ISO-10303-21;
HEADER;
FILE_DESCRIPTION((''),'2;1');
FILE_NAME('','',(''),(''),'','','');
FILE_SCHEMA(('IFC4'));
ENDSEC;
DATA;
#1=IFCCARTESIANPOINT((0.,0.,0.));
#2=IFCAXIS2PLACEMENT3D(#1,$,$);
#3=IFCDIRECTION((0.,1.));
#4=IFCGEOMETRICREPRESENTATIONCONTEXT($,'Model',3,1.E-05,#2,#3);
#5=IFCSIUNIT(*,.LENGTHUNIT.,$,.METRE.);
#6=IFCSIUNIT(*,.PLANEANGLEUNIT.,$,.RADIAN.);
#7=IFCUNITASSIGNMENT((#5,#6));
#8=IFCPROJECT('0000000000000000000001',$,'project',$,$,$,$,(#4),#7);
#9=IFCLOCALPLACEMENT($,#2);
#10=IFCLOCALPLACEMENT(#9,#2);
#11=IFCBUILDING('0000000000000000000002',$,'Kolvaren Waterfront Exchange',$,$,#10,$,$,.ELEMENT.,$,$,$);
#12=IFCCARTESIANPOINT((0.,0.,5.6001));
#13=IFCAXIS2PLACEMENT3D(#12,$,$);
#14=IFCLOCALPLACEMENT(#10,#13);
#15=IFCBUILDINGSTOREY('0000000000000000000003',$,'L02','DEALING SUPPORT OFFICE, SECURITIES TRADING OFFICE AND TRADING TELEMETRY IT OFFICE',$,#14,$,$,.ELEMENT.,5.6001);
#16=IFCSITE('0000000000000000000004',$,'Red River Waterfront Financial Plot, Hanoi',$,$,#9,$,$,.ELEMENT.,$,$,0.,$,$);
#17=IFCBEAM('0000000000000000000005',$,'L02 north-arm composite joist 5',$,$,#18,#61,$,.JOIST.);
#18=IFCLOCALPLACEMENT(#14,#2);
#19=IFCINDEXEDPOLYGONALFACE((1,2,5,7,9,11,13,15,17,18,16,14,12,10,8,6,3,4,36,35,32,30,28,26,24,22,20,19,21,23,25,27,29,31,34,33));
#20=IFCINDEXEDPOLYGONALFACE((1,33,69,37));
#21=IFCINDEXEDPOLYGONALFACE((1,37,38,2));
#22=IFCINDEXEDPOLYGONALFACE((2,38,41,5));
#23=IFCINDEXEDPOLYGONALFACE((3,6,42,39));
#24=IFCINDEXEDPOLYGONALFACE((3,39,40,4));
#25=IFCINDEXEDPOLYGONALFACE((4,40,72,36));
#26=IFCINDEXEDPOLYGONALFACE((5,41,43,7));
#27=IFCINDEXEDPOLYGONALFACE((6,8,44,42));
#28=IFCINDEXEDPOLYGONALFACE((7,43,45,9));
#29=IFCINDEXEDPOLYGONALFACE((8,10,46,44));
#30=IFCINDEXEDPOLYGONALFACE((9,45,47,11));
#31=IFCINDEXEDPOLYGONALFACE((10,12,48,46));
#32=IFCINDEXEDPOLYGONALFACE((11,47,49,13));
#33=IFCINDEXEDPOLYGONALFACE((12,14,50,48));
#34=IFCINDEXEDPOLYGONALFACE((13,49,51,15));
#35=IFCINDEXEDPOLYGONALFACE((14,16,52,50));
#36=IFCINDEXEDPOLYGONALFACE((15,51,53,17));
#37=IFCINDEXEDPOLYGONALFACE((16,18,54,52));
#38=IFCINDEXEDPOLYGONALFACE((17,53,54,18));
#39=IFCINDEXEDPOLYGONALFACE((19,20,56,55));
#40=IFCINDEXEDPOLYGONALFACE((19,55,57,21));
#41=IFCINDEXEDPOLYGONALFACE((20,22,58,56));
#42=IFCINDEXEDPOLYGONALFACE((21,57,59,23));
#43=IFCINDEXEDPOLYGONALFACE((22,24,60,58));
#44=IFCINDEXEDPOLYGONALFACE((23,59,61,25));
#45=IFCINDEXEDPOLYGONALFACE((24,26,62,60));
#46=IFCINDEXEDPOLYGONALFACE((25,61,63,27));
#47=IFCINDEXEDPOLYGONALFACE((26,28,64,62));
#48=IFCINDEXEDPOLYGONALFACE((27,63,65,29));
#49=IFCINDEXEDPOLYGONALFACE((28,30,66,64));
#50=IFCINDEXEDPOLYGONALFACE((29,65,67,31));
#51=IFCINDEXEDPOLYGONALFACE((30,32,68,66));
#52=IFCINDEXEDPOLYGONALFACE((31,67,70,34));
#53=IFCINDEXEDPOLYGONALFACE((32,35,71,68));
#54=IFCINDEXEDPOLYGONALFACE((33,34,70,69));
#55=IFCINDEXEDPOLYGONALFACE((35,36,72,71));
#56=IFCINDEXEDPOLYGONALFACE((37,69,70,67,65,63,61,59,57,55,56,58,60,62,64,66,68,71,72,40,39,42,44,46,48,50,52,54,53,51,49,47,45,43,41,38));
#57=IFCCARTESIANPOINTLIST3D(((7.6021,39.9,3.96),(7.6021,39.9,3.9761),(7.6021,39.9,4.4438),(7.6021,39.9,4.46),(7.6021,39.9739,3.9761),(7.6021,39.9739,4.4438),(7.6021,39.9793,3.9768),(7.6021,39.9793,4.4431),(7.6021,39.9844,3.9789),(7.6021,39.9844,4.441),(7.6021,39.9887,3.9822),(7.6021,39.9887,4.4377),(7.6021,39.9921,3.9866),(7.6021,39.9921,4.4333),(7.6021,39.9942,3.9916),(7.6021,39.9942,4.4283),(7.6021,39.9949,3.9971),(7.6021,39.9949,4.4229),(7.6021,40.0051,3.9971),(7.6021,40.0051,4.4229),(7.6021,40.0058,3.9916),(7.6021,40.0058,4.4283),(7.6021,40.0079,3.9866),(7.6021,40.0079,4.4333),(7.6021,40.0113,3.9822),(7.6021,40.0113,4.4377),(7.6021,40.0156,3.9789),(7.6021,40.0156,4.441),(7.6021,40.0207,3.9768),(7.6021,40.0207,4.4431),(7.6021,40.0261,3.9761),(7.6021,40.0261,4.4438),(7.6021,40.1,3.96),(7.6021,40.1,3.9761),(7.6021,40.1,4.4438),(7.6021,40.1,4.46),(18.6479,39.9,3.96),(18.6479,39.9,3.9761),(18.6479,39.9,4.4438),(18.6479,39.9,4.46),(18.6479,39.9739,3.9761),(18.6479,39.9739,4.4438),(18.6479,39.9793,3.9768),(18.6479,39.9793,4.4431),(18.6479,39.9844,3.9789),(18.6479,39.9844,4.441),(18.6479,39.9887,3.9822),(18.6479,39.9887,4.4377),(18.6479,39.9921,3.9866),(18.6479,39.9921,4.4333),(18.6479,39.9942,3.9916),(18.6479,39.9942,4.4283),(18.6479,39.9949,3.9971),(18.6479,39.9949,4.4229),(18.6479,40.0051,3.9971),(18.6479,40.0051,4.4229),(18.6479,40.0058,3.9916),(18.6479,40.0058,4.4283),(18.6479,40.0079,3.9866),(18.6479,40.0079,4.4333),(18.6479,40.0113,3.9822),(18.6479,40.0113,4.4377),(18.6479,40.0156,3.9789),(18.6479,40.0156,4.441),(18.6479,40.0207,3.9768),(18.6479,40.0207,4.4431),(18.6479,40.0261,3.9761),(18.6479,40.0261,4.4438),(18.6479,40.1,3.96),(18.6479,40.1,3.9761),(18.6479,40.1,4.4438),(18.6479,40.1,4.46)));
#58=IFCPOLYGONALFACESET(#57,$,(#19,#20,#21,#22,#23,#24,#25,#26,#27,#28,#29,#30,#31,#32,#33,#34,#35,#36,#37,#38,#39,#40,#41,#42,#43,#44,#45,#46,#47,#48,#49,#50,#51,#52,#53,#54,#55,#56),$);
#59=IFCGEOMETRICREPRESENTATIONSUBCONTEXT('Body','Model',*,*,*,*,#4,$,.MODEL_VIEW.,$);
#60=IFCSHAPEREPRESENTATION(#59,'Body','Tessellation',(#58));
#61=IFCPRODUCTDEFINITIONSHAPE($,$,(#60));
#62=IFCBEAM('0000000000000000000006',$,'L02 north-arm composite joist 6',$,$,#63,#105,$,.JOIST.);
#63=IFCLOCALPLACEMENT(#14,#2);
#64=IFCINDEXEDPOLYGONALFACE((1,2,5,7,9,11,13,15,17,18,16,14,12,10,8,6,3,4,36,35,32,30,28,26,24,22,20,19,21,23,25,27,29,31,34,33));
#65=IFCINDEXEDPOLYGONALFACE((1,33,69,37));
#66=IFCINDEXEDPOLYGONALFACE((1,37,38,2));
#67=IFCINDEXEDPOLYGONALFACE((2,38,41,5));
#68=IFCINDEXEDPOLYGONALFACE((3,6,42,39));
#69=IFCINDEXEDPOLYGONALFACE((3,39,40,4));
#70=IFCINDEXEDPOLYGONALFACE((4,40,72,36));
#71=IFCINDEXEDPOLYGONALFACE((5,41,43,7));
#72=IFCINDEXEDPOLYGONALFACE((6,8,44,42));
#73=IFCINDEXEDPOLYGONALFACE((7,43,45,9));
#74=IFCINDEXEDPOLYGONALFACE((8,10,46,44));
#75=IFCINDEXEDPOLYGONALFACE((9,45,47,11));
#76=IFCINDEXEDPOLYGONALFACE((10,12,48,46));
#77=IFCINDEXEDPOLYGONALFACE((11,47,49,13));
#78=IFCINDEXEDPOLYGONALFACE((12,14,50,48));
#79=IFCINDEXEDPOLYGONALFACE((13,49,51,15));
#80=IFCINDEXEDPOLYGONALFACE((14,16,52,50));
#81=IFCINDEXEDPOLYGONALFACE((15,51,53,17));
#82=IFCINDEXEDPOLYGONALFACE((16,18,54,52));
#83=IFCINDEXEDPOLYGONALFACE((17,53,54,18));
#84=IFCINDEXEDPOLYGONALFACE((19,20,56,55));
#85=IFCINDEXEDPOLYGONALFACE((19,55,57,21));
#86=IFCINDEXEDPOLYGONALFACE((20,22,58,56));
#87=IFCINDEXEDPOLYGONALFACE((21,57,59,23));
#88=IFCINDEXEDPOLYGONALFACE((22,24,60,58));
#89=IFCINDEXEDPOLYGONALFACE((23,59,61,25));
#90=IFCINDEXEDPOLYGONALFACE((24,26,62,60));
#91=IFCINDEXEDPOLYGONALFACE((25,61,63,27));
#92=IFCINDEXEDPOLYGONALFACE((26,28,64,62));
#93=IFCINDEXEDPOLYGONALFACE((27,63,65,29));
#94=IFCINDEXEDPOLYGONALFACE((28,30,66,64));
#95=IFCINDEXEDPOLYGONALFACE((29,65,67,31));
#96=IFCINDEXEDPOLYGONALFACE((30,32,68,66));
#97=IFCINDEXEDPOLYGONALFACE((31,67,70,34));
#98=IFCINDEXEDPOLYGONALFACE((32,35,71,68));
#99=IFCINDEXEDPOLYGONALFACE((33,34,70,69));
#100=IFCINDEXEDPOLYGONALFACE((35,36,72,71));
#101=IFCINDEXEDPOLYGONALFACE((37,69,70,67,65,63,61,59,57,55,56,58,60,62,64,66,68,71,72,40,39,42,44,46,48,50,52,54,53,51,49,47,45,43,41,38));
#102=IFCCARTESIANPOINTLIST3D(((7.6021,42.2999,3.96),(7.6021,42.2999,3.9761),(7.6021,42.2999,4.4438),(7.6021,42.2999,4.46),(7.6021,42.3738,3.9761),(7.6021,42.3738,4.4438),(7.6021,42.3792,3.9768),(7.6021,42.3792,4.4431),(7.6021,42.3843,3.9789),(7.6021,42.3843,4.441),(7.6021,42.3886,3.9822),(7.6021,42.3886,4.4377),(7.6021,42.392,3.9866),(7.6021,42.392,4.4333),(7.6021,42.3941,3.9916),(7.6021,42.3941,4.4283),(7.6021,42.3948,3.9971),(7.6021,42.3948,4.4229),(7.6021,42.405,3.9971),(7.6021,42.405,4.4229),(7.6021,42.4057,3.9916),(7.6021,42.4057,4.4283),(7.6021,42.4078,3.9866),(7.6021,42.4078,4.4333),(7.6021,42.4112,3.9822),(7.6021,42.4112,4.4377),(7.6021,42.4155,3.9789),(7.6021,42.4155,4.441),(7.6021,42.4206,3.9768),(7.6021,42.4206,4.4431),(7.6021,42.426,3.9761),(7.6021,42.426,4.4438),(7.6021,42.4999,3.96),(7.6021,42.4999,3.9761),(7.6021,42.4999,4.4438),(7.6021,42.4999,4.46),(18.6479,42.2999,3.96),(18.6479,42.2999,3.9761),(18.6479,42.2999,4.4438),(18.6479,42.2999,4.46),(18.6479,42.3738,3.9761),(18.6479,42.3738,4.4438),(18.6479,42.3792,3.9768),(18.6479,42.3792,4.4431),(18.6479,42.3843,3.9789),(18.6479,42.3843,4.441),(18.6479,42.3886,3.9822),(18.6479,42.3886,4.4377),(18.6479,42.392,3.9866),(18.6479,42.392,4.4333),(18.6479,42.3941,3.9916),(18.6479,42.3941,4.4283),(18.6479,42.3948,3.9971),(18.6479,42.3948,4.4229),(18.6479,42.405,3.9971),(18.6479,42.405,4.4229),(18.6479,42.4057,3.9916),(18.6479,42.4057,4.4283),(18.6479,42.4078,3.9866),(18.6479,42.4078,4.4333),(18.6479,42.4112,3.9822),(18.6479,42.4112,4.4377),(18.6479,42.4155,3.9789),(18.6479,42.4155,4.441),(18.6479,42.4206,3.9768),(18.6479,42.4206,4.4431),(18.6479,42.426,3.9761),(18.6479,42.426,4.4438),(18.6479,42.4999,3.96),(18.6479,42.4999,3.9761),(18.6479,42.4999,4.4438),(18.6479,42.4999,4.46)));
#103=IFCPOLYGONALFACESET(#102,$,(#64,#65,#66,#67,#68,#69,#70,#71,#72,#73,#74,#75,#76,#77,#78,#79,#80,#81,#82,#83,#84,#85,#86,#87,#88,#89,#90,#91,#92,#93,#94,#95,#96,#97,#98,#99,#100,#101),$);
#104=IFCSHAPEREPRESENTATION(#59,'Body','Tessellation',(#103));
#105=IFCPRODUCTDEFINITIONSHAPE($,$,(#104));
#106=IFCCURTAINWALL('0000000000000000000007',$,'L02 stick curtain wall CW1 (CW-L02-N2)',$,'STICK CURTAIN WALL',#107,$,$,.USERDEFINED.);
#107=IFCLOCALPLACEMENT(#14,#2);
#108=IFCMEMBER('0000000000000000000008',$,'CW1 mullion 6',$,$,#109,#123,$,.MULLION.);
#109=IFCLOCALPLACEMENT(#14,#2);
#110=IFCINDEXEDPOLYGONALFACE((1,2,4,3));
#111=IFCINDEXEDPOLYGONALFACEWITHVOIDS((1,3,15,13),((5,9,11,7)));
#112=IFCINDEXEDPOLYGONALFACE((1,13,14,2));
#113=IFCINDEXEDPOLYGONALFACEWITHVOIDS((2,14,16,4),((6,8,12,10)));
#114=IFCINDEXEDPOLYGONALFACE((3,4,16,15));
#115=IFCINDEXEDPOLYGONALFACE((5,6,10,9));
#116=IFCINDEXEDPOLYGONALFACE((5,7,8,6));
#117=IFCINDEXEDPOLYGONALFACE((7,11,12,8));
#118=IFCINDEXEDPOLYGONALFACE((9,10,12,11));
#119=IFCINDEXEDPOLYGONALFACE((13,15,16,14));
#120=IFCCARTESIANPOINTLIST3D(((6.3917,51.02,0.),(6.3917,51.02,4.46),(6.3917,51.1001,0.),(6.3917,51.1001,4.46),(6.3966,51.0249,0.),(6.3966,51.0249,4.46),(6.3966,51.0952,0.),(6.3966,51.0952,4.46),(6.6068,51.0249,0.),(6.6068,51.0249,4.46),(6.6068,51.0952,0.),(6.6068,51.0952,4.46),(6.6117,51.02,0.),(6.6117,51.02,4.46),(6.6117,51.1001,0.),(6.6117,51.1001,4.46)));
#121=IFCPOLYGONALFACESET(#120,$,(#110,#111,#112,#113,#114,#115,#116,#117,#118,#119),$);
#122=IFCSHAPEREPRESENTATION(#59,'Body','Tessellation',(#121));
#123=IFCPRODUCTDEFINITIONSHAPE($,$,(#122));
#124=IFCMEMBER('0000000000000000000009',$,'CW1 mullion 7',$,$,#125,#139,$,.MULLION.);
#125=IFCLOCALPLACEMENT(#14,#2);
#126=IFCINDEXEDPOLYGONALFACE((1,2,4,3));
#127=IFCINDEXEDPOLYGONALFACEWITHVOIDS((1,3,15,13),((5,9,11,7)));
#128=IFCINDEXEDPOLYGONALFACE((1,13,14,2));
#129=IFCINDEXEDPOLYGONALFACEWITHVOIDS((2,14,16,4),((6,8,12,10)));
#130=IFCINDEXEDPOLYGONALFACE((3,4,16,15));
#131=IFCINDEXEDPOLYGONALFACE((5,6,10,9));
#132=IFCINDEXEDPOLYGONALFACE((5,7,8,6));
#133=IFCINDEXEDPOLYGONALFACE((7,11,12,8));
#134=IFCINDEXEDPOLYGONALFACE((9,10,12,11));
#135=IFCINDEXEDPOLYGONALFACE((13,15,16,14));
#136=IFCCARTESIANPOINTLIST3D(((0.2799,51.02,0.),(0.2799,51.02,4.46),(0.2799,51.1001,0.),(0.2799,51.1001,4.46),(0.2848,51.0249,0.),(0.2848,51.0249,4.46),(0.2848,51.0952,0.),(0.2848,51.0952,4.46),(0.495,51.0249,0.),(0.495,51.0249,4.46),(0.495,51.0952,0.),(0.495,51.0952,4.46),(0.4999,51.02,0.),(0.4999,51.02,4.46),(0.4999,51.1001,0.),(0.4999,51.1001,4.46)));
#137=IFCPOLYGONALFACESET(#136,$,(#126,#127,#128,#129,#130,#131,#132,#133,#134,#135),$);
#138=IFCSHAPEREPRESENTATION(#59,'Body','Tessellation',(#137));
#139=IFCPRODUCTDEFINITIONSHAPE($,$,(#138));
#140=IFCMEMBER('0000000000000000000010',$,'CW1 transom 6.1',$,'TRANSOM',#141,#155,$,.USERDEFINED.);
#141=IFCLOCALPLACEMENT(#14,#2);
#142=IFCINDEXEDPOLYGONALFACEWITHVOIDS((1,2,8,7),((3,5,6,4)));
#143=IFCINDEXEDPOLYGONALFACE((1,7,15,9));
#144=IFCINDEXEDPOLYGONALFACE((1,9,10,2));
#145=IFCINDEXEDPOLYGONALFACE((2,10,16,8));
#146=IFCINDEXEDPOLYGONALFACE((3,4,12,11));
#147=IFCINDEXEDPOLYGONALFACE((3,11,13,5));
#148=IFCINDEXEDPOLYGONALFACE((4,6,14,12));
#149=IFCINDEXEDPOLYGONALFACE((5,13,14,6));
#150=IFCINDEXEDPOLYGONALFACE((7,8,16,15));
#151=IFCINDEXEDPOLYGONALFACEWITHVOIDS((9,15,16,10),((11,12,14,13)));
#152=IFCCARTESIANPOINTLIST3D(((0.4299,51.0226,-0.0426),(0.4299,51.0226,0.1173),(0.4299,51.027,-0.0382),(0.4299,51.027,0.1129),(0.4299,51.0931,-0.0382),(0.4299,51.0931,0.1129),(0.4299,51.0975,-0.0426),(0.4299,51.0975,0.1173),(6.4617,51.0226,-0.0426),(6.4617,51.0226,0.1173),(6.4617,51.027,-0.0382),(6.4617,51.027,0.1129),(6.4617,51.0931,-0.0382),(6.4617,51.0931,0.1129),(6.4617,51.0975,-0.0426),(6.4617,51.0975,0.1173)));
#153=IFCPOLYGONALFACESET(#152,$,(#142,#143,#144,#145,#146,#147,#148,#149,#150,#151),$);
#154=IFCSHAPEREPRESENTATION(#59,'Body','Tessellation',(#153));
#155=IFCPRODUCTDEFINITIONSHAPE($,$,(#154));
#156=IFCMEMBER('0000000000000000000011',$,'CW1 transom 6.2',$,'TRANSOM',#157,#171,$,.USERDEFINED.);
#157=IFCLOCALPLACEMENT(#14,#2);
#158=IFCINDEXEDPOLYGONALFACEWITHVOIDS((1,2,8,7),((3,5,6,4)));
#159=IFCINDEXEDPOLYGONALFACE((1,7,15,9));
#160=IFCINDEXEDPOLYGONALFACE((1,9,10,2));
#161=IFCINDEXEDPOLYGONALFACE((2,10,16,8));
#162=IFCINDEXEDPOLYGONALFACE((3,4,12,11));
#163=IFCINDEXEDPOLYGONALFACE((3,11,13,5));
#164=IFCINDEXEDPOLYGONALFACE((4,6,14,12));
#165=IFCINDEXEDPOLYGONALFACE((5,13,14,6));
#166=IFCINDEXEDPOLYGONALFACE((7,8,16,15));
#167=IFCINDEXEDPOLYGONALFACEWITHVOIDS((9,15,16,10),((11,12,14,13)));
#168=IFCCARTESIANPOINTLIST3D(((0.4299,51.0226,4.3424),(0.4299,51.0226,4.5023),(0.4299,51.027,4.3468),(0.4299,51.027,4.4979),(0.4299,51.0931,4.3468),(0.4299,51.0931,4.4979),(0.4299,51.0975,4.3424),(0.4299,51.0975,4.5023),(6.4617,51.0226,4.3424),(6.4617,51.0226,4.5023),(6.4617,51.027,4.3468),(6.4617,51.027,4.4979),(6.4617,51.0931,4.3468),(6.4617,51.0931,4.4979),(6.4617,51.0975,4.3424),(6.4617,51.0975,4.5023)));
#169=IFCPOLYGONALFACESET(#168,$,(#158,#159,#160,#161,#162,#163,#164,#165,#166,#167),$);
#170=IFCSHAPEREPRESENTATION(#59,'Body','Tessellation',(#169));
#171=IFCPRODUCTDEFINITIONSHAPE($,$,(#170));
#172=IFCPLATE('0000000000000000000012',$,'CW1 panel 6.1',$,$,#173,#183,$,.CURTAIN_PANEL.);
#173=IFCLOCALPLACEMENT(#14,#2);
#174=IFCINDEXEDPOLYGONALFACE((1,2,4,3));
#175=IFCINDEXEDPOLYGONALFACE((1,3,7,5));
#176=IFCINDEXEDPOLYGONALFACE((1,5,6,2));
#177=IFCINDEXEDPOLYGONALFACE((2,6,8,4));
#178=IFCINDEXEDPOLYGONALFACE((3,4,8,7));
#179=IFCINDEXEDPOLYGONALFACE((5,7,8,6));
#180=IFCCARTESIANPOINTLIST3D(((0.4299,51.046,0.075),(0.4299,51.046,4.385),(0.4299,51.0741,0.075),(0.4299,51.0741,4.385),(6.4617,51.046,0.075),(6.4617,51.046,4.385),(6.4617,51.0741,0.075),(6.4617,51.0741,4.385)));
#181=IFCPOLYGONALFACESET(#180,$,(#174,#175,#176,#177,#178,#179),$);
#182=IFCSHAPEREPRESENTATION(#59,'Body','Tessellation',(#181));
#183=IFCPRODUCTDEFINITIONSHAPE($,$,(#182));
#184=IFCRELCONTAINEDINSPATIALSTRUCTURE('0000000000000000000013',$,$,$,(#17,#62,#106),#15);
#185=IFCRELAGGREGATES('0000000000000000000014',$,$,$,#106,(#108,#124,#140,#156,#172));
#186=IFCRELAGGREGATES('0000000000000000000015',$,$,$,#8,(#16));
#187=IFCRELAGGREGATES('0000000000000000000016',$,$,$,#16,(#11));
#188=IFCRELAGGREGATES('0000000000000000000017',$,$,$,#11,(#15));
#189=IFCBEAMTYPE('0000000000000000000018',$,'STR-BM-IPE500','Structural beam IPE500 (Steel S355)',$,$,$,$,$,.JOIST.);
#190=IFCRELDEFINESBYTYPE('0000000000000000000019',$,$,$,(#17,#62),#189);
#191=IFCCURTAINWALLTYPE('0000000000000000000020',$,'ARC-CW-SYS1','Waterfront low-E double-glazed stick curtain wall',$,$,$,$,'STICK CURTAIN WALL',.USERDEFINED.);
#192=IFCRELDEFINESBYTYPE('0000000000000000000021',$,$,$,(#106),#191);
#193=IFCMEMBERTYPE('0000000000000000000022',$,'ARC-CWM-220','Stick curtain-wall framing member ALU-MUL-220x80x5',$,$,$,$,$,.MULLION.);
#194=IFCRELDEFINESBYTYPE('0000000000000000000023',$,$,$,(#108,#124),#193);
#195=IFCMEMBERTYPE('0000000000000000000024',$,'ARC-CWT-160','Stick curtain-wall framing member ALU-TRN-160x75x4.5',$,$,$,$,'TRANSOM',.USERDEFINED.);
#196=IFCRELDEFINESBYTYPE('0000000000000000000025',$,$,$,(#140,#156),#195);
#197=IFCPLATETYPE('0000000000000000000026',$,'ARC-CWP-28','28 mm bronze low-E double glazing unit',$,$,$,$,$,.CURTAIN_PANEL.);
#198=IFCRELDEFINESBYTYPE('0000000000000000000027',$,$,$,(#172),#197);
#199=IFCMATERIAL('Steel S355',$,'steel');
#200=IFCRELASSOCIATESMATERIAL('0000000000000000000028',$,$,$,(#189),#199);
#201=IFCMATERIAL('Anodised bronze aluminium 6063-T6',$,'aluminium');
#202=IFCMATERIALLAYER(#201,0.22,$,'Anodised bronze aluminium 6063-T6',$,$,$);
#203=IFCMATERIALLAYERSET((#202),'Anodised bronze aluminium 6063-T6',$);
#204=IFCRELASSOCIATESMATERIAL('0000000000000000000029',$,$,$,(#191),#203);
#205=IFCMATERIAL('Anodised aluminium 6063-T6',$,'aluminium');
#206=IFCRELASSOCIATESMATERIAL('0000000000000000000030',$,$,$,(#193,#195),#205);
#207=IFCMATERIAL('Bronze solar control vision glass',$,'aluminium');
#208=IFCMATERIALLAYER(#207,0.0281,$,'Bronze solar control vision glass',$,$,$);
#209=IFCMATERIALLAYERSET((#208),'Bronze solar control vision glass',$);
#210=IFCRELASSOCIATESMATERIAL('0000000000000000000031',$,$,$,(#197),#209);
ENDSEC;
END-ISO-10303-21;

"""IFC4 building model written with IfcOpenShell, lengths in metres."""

from ifc_helpers import new_model, si_unit, direction, frame, origin, origin_with_axes, origin_2d, place, context, subcontext, project, spatial, rectangle, hollow_rectangle, i_section, extrude, source, transform, mapped, material, layer, layer_set, material_profile, profile_set, type_object, element, aggregate, save


model = new_model("IFC4")

# Units and contexts
model_context = context("Model", 3, precision=1e-05, world=origin(), true_north=direction((0.0, 1.0)))
body_context = subcontext(model_context, "Body", "Model", "MODEL_VIEW")
ifc_project = project(units=[si_unit("LENGTHUNIT", "METRE"), si_unit("PLANEANGLEUNIT", "RADIAN")], contexts=[model_context])

# Site, building, storey
site_placement = place(None, origin())
site = spatial("IfcSite", under=ifc_project, at=site_placement, Name="Red River Waterfront Financial Plot, Hanoi", CompositionType="ELEMENT", RefElevation=0.0)
building_placement = place(site_placement, origin())
building = spatial("IfcBuilding", under=site, at=building_placement, Name="Kolvaren Waterfront Exchange", CompositionType="ELEMENT")
storey_placement = place(building_placement, frame((0.0, 0.0, 5.6001)))
storey = spatial("IfcBuildingStorey", under=building, at=storey_placement, Name="L02", Description="DEALING SUPPORT OFFICE, SECURITIES TRADING OFFICE AND TRADING TELEMETRY IT OFFICE", CompositionType="ELEMENT", Elevation=5.6001)

# Beams
ifc_material_1 = material(Name="Steel S355", Category="steel")
ifc_material_profile_1 = material_profile(ifc_material_1, i_section(OverallWidth=0.2, OverallDepth=0.5, WebThickness=0.0103, FlangeThickness=0.0161, FilletRadius=0.021, at=origin_2d()), Name="IPE500")
ifc_profile_set_1 = profile_set([ifc_material_profile_1], Name="Steel S355")
beam_type_1 = type_object("IfcBeamType", Name="STR-BM-IPE500", Description="Structural beam IPE500 (Steel S355)", PredefinedType="JOIST", material=ifc_profile_set_1)
for number, where, z_axis, x_axis, name in (
    (1, (7.6021, 40.0, 4.21), (1.0, 0.0, 0.0), (0.0, 1.0, 0.0), "L02 north-arm composite joist 5"),
    (2, (7.6021, 42.3999, 4.21), (1.0, 0.0, 0.0), (0.0, 1.0, 0.0), "L02 north-arm composite joist 6"),
):
    element("IfcBeam", number, at=place(storey_placement, frame(where, z_axis=z_axis, x_axis=x_axis)), inside=storey, type_object=beam_type_1, Name=name, PredefinedType="JOIST", context=body_context, shape_type="SweptSolid", body=[
        extrude(i_section(OverallWidth=0.2, OverallDepth=0.5, WebThickness=0.0103, FlangeThickness=0.0161, FilletRadius=0.021, at=origin_2d()), origin(), (0.0, 0.0, 1.0), 11.0459),
    ])

# Curtain wall, members, plate
ifc_material_2 = material(Name="Anodised bronze aluminium 6063-T6", Category="aluminium")
ifc_layer_1 = layer(ifc_material_2, 0.22, Name="Anodised bronze aluminium 6063-T6")
ifc_layer_set_1 = layer_set([ifc_layer_1], Name="Anodised bronze aluminium 6063-T6")
curtain_wall_type = type_object("IfcCurtainWallType", Name="ARC-CW-SYS1", Description="Waterfront low-E double-glazed stick curtain wall", ElementType="STICK CURTAIN WALL", PredefinedType="USERDEFINED", material=ifc_layer_set_1)
curtain_wall_placement = place(storey_placement, origin())
curtain_wall = element("IfcCurtainWall", 3, at=curtain_wall_placement, inside=storey, type_object=curtain_wall_type, Name="L02 stick curtain wall CW1 (CW-L02-N2)", ObjectType="STICK CURTAIN WALL", PredefinedType="USERDEFINED")
ifc_material_3 = material(Name="Anodised aluminium 6063-T6", Category="aluminium")
ifc_material_profile_2 = material_profile(ifc_material_3, hollow_rectangle(XDim=0.0801, YDim=0.22, WallThickness=0.0049, at=origin_2d()), Name="ALU-MUL-220x80x5")
ifc_profile_set_2 = profile_set([ifc_material_profile_2], Name="Anodised aluminium 6063-T6")
member_type_1 = type_object("IfcMemberType", Name="ARC-CWM-220", Description="Stick curtain-wall framing member ALU-MUL-220x80x5", PredefinedType="MULLION", material=ifc_profile_set_2)
shared_shape_1 = source(origin_with_axes(), body_context, "Body", "SweptSolid", [
    extrude(hollow_rectangle(XDim=0.0801, YDim=0.22, WallThickness=0.0049, at=origin_2d()), origin(), (0.0, 0.0, 1.0), 4.46),
])
member_1_placement = place(storey_placement, frame((6.5017, 51.0601, 0.0), z_axis=(0.0, 0.0, 1.0), x_axis=(0.0, -1.0, 0.0)))
member_1 = element("IfcMember", 4, at=member_1_placement, type_object=member_type_1, Name="CW1 mullion 6", PredefinedType="MULLION", context=body_context, shape_type="MappedRepresentation", body=[
    mapped(shared_shape_1, transform((0.0, 0.0, 0.0), x_axis=(1.0, 0.0, 0.0), y_axis=(0.0, 1.0, 0.0), z_axis=(0.0, 0.0, 1.0), scale=1.0)),
])
member_2_placement = place(storey_placement, frame((0.3899, 51.0601, 0.0), z_axis=(0.0, 0.0, 1.0), x_axis=(0.0, -1.0, 0.0)))
member_2 = element("IfcMember", 5, at=member_2_placement, type_object=member_type_1, Name="CW1 mullion 7", PredefinedType="MULLION", context=body_context, shape_type="MappedRepresentation", body=[
    mapped(shared_shape_1, transform((0.0, 0.0, 0.0), x_axis=(1.0, 0.0, 0.0), y_axis=(0.0, 1.0, 0.0), z_axis=(0.0, 0.0, 1.0), scale=1.0)),
])
ifc_material_profile_3 = material_profile(ifc_material_3, hollow_rectangle(XDim=0.075, YDim=0.1599, WallThickness=0.0044, at=origin_2d()), Name="ALU-TRN-160x75x4.5")
ifc_profile_set_3 = profile_set([ifc_material_profile_3], Name="Anodised aluminium 6063-T6")
member_type_2 = type_object("IfcMemberType", Name="ARC-CWT-160", Description="Stick curtain-wall framing member ALU-TRN-160x75x4.5", ElementType="TRANSOM", PredefinedType="USERDEFINED", material=ifc_profile_set_3)
shared_shape_2 = source(origin_with_axes(), body_context, "Body", "SweptSolid", [
    extrude(hollow_rectangle(XDim=0.075, YDim=0.1599, WallThickness=0.0044, at=origin_2d()), origin(), (0.0, 0.0, 1.0), 6.0317),
])
member_3_placement = place(storey_placement, frame((6.4617, 51.0601, 0.0374), z_axis=(-1.0, 0.0, 0.0), x_axis=(0.0, -1.0, 0.0)))
member_3 = element("IfcMember", 6, at=member_3_placement, type_object=member_type_2, Name="CW1 transom 6.1", ObjectType="TRANSOM", PredefinedType="USERDEFINED", context=body_context, shape_type="MappedRepresentation", body=[
    mapped(shared_shape_2, transform((0.0, 0.0, 0.0), x_axis=(1.0, 0.0, 0.0), y_axis=(0.0, 1.0, 0.0), z_axis=(0.0, 0.0, 1.0), scale=1.0)),
])
member_4_placement = place(storey_placement, frame((6.4617, 51.0601, 4.4224), z_axis=(-1.0, 0.0, 0.0), x_axis=(0.0, -1.0, 0.0)))
member_4 = element("IfcMember", 7, at=member_4_placement, type_object=member_type_2, Name="CW1 transom 6.2", ObjectType="TRANSOM", PredefinedType="USERDEFINED", context=body_context, shape_type="MappedRepresentation", body=[
    mapped(shared_shape_2, transform((0.0, 0.0, 0.0), x_axis=(1.0, 0.0, 0.0), y_axis=(0.0, 1.0, 0.0), z_axis=(0.0, 0.0, 1.0), scale=1.0)),
])
ifc_material_4 = material(Name="Bronze solar control vision glass", Category="aluminium")
ifc_layer_2 = layer(ifc_material_4, 0.0281, Name="Bronze solar control vision glass")
ifc_layer_set_2 = layer_set([ifc_layer_2], Name="Bronze solar control vision glass")
plate_type = type_object("IfcPlateType", Name="ARC-CWP-28", Description="28 mm bronze low-E double glazing unit", PredefinedType="CURTAIN_PANEL", material=ifc_layer_set_2)
shared_shape_3 = source(origin_with_axes(), body_context, "Body", "SweptSolid", [
    extrude(rectangle(XDim=6.0317, YDim=0.0281, at=origin_2d()), origin(), (0.0, 0.0, 1.0), 4.3101),
])
plate_1_placement = place(storey_placement, frame((3.4458, 51.0601, 0.075), z_axis=(0.0, 0.0, 1.0), x_axis=(-1.0, 0.0, 0.0)))
plate_1 = element("IfcPlate", 8, at=plate_1_placement, type_object=plate_type, Name="CW1 panel 6.1", PredefinedType="CURTAIN_PANEL", context=body_context, shape_type="MappedRepresentation", body=[
    mapped(shared_shape_3, transform((0.0, 0.0, 0.0), x_axis=(1.0, 0.0, 0.0), y_axis=(0.0, 1.0, 0.0), z_axis=(0.0, 0.0, 1.0), scale=1.0)),
])
aggregate(curtain_wall, [member_1, member_2, member_3, member_4, plate_1])

save(model, "model.ifc")
